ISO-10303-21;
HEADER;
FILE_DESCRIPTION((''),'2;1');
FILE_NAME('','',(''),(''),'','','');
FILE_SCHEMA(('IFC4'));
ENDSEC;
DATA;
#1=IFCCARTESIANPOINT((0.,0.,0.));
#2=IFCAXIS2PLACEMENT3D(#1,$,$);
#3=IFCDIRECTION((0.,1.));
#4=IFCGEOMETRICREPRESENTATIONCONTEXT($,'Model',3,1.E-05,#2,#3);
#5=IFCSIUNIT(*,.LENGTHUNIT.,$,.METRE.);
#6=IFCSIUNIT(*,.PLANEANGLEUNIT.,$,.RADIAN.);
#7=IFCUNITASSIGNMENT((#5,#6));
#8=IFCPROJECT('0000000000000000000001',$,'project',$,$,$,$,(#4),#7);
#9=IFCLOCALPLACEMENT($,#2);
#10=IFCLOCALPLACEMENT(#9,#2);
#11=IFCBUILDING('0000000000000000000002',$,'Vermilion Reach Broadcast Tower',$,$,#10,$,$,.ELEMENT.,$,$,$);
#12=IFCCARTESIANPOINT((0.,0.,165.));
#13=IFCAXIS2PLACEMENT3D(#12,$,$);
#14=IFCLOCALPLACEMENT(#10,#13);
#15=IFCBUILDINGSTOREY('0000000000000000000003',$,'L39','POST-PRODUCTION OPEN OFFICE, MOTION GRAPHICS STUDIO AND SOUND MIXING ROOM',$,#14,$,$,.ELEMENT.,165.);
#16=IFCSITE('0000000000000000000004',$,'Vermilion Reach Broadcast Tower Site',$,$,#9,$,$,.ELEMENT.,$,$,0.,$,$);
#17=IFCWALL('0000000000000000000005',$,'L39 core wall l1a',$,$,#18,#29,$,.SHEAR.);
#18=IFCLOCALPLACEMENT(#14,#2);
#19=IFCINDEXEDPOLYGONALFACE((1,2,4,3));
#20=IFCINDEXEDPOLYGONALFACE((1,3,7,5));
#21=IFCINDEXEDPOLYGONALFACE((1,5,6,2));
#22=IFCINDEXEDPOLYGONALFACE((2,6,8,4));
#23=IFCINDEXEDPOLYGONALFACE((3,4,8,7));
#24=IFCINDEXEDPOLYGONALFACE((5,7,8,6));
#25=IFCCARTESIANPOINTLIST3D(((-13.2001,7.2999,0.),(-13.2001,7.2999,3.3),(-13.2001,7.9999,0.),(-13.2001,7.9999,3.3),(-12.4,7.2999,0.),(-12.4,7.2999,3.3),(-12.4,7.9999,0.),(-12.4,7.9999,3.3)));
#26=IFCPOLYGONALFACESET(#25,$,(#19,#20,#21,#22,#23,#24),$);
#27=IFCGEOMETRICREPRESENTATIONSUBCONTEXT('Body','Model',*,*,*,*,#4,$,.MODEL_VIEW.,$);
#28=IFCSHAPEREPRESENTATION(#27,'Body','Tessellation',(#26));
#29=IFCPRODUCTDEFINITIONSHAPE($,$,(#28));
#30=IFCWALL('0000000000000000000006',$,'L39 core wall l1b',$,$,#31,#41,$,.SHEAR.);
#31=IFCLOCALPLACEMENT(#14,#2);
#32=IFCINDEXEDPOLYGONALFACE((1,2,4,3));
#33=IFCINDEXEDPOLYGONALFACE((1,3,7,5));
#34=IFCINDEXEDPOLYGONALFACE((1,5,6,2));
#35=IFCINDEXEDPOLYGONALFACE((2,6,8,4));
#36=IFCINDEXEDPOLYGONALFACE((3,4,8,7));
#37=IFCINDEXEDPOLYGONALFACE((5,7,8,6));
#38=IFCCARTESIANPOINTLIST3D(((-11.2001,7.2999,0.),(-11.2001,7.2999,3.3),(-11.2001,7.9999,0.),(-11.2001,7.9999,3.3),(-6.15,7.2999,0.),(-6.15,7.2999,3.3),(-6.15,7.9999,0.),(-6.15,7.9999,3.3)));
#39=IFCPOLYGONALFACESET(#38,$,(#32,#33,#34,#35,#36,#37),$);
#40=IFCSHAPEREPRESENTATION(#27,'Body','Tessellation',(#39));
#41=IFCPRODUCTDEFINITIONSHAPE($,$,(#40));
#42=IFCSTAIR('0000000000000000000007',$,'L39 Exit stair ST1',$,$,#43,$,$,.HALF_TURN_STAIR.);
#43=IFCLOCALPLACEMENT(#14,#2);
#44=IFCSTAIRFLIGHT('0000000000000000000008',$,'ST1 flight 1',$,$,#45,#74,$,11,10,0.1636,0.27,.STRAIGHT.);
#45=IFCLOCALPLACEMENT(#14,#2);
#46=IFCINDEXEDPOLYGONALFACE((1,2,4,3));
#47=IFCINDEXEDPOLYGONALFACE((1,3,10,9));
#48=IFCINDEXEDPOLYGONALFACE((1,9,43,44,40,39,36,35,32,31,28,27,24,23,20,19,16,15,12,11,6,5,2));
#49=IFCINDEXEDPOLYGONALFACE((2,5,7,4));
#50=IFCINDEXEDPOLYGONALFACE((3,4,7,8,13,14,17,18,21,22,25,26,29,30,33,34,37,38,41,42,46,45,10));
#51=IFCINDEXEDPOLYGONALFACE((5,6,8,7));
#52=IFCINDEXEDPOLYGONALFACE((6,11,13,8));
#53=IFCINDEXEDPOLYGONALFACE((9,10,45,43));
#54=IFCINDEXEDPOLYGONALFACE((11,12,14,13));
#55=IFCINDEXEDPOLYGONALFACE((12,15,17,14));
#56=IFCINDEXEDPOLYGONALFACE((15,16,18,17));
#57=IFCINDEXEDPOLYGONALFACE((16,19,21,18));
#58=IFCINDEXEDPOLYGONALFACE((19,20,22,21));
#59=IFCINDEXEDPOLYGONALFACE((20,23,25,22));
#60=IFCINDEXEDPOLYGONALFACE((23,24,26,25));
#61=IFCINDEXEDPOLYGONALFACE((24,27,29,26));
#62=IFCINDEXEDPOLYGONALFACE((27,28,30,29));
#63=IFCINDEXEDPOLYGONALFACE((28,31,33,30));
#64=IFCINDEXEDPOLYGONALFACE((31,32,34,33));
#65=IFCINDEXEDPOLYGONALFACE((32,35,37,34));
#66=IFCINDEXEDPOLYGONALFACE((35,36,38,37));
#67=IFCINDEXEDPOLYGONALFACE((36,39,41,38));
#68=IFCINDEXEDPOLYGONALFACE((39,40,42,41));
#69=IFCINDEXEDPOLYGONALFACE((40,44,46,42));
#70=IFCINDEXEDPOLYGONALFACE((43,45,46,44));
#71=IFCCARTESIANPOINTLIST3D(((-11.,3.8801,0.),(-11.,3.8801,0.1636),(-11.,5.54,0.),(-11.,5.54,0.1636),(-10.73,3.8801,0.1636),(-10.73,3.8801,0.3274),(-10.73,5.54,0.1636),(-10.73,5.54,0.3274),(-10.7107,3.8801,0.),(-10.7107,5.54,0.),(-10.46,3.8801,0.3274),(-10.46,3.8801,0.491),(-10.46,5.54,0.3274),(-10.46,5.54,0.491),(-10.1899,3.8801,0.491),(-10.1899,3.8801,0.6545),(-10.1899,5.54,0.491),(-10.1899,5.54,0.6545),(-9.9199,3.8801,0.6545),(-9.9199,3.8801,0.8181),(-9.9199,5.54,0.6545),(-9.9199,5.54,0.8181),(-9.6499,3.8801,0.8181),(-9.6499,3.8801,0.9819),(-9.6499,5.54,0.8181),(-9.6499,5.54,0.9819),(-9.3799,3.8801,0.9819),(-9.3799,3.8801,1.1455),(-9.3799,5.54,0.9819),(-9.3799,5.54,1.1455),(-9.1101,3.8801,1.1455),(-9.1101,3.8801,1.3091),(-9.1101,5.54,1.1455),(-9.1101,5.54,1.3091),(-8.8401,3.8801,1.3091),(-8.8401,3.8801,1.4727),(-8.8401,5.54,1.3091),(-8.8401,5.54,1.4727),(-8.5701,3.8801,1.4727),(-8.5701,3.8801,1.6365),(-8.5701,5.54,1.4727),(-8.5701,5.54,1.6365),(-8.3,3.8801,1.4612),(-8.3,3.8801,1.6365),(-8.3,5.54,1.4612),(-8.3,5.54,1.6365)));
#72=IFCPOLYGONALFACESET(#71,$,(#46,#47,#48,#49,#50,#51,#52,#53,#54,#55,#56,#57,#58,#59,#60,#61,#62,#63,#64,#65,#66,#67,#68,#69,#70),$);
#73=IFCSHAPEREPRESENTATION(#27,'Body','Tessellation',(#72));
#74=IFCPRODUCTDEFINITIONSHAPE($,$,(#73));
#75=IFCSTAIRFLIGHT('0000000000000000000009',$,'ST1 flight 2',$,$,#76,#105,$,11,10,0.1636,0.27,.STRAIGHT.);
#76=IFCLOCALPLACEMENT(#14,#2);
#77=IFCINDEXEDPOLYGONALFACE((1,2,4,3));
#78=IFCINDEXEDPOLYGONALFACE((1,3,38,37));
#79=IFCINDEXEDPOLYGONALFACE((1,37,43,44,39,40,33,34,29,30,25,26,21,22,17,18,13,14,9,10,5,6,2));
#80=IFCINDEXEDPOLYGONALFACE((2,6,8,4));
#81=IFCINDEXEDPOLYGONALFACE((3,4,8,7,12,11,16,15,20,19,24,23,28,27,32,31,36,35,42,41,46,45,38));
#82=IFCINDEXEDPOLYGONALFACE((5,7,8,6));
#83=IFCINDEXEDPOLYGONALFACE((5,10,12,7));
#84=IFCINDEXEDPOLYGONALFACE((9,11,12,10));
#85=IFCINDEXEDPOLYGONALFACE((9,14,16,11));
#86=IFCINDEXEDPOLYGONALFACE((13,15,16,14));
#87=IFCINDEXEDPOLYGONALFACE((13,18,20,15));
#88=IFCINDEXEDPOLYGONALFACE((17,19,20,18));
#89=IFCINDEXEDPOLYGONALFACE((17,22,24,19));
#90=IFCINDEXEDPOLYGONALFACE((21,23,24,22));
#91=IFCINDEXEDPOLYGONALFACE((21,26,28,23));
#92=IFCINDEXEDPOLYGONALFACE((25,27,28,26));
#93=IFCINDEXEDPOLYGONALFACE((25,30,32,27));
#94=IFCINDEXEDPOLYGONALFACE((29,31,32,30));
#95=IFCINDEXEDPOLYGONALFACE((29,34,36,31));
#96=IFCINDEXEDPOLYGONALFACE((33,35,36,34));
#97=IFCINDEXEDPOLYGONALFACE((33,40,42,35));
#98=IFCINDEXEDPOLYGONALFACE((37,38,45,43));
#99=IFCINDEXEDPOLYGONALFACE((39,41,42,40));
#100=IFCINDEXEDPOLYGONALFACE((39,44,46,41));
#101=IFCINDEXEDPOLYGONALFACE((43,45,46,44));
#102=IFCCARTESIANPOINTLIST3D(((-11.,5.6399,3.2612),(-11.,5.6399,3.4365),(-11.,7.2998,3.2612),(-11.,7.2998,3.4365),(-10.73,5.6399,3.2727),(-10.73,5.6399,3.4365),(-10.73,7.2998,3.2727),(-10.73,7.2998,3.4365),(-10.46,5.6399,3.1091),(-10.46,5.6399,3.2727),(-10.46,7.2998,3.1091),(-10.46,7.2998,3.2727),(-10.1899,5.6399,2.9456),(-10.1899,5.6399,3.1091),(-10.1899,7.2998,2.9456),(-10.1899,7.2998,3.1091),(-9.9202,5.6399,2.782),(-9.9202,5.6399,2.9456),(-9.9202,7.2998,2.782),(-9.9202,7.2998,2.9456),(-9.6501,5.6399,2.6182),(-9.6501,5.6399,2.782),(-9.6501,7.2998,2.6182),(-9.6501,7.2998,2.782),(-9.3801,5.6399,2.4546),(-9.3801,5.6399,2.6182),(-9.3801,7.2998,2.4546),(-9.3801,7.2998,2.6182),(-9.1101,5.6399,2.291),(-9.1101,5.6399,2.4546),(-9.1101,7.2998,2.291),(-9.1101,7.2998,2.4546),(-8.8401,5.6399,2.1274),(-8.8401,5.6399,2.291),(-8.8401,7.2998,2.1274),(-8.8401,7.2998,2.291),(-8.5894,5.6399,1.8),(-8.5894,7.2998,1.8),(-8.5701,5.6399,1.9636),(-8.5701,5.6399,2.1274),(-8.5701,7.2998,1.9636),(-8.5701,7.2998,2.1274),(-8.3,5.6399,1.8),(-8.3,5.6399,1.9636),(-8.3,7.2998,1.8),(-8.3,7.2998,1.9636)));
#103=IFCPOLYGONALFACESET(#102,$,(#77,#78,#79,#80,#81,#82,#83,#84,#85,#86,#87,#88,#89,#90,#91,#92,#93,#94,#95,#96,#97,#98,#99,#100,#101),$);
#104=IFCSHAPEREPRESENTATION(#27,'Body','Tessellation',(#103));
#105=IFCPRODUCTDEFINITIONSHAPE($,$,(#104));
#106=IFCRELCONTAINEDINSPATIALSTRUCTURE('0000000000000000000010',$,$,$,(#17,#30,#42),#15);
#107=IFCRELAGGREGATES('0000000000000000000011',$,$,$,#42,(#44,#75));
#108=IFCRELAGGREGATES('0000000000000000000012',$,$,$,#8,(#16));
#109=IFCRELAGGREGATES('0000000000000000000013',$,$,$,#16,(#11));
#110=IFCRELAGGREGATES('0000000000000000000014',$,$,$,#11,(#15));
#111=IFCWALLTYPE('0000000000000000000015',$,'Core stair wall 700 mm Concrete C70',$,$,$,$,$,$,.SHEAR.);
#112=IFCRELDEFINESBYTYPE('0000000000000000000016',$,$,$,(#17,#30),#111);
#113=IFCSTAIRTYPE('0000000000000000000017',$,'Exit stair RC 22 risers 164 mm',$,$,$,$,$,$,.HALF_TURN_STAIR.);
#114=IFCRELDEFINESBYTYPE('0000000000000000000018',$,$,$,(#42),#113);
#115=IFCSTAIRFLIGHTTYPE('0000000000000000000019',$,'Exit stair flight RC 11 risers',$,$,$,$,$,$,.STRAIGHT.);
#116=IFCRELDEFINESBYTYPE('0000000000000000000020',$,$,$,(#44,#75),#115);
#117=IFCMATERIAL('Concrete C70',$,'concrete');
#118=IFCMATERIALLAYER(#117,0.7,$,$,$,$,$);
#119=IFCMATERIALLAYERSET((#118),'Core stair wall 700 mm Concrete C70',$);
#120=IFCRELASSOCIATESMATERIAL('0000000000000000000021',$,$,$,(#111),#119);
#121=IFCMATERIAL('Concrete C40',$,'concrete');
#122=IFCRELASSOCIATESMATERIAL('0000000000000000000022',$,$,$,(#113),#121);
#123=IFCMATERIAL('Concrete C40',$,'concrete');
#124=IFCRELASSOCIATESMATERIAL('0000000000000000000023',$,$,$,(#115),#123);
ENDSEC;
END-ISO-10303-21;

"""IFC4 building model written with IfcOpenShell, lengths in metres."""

from ifc_helpers import new_model, si_unit, direction, frame, frame_2d, origin, place, context, subcontext, project, spatial, polyline, rectangle, outline, extrude, material, layer, layer_set, type_object, element, aggregate, save


model = new_model("IFC4")

# Units and contexts
model_context = context("Model", 3, precision=1e-05, world=origin(), true_north=direction((0.0, 1.0)))
body_context = subcontext(model_context, "Body", "Model", "MODEL_VIEW")
ifc_project = project(units=[si_unit("LENGTHUNIT", "METRE"), si_unit("PLANEANGLEUNIT", "RADIAN")], contexts=[model_context])

# Site, building, storey
site_placement = place(None, origin())
site = spatial("IfcSite", under=ifc_project, at=site_placement, Name="Vermilion Reach Broadcast Tower Site", CompositionType="ELEMENT", RefElevation=0.0)
building_placement = place(site_placement, origin())
building = spatial("IfcBuilding", under=site, at=building_placement, Name="Vermilion Reach Broadcast Tower", CompositionType="ELEMENT")
storey_placement = place(building_placement, frame((0.0, 0.0, 165.0)))
storey = spatial("IfcBuildingStorey", under=building, at=storey_placement, Name="L39", Description="POST-PRODUCTION OPEN OFFICE, MOTION GRAPHICS STUDIO AND SOUND MIXING ROOM", CompositionType="ELEMENT", Elevation=165.0)

# Walls
ifc_material_1 = material(Name="Concrete C70", Category="concrete")
ifc_layer_1 = layer(ifc_material_1, 0.7)
ifc_layer_set_1 = layer_set([ifc_layer_1], Name="Core stair wall 700 mm Concrete C70")
wall_type_1 = type_object("IfcWallType", Name="Core stair wall 700 mm Concrete C70", PredefinedType="SHEAR", material=ifc_layer_set_1)
wall_1_placement = place(storey_placement, frame((-13.2, 7.6499, 0.0), z_axis=(0.0, 0.0, 1.0), x_axis=(1.0, 0.0, 0.0)))
element("IfcWall", 1, at=wall_1_placement, inside=storey, type_object=wall_type_1, Name="L39 core wall l1a", PredefinedType="SHEAR", context=body_context, shape_type="SweptSolid", body=[
    extrude(rectangle(XDim=0.8, YDim=0.7, at=frame_2d((0.3999, 0.0))), origin(), (0.0, 0.0, 1.0), 3.3),
])
wall_2_placement = place(storey_placement, frame((-11.2, 7.6499, 0.0), z_axis=(0.0, 0.0, 1.0), x_axis=(1.0, 0.0, 0.0)))
element("IfcWall", 2, at=wall_2_placement, inside=storey, type_object=wall_type_1, Name="L39 core wall l1b", PredefinedType="SHEAR", context=body_context, shape_type="SweptSolid", body=[
    extrude(rectangle(XDim=5.05, YDim=0.7, at=frame_2d((2.5249, 0.0))), origin(), (0.0, 0.0, 1.0), 3.3),
])

# Stair, stair flights
ifc_material_2 = material(Name="Concrete C40", Category="concrete")
stair_type = type_object("IfcStairType", Name="Exit stair RC 22 risers 164 mm", PredefinedType="HALF_TURN_STAIR", material=ifc_material_2)
stair_placement = place(storey_placement, origin())
stair = element("IfcStair", 3, at=stair_placement, inside=storey, type_object=stair_type, Name="L39 Exit stair ST1", PredefinedType="HALF_TURN_STAIR")
ifc_material_3 = material(Name="Concrete C40", Category="concrete")
stair_flight_type = type_object("IfcStairFlightType", Name="Exit stair flight RC 11 risers", PredefinedType="STRAIGHT", material=ifc_material_3)
stair_flight_1_placement = place(storey_placement, frame((-11.0, 4.71, 0.0), z_axis=(0.0, 0.0, 1.0), x_axis=(1.0, 0.0, 0.0)))
stair_flight_1 = element("IfcStairFlight", 4, at=stair_flight_1_placement, type_object=stair_flight_type, Name="ST1 flight 1", NumberOfRisers=11, NumberOfTreads=10, PredefinedType="STRAIGHT", RiserHeight=0.1636, TreadLength=0.27, context=body_context, shape_type="SweptSolid", body=[
    extrude(outline(polyline([(0.0, 0.0), (0.0, 0.1636), (0.27, 0.1636), (0.27, 0.3274), (0.54, 0.3274), (0.54, 0.491), (0.8101, 0.491), (0.8101, 0.6545), (1.0801, 0.6545), (1.0801, 0.8181), (1.3501, 0.8181), (1.3501, 0.9819), (1.6201, 0.9819), (1.6201, 1.1455), (1.8899, 1.1455), (1.8899, 1.3091), (2.1599, 1.3091), (2.1599, 1.4727), (2.4299, 1.4727), (2.4299, 1.6365), (2.7, 1.6365), (2.7, 1.8), (2.7, 1.4612), (0.2893, 0.0), (0.0, 0.0)])), frame((0.0, 0.8301, 0.0), z_axis=(0.0, -1.0, 0.0), x_axis=(1.0, 0.0, 0.0)), (0.0, 0.0, 1.0), 1.6599),
])
stair_flight_2_placement = place(storey_placement, frame((-8.3, 6.47, 1.8), z_axis=(0.0, 0.0, 1.0), x_axis=(-1.0, 0.0, 0.0)))
stair_flight_2 = element("IfcStairFlight", 5, at=stair_flight_2_placement, type_object=stair_flight_type, Name="ST1 flight 2", NumberOfRisers=11, NumberOfTreads=10, PredefinedType="STRAIGHT", RiserHeight=0.1636, TreadLength=0.27, context=body_context, shape_type="SweptSolid", body=[
    extrude(outline(polyline([(0.0, 0.0), (0.0, 0.1636), (0.27, 0.1636), (0.27, 0.3274), (0.54, 0.3274), (0.54, 0.491), (0.8101, 0.491), (0.8101, 0.6545), (1.0801, 0.6545), (1.0801, 0.8181), (1.3501, 0.8181), (1.3501, 0.9819), (1.6201, 0.9819), (1.6201, 1.1455), (1.8899, 1.1455), (1.8899, 1.3091), (2.1599, 1.3091), (2.1599, 1.4727), (2.4299, 1.4727), (2.4299, 1.6365), (2.7, 1.6365), (2.7, 1.8), (2.7, 1.4612), (0.2893, 0.0), (0.0, 0.0)])), frame((0.0, 0.8301, 0.0), z_axis=(0.0, -1.0, 0.0), x_axis=(1.0, 0.0, 0.0)), (0.0, 0.0, 1.0), 1.6599),
])
aggregate(stair, [stair_flight_1, stair_flight_2])

save(model, "model.ifc")
